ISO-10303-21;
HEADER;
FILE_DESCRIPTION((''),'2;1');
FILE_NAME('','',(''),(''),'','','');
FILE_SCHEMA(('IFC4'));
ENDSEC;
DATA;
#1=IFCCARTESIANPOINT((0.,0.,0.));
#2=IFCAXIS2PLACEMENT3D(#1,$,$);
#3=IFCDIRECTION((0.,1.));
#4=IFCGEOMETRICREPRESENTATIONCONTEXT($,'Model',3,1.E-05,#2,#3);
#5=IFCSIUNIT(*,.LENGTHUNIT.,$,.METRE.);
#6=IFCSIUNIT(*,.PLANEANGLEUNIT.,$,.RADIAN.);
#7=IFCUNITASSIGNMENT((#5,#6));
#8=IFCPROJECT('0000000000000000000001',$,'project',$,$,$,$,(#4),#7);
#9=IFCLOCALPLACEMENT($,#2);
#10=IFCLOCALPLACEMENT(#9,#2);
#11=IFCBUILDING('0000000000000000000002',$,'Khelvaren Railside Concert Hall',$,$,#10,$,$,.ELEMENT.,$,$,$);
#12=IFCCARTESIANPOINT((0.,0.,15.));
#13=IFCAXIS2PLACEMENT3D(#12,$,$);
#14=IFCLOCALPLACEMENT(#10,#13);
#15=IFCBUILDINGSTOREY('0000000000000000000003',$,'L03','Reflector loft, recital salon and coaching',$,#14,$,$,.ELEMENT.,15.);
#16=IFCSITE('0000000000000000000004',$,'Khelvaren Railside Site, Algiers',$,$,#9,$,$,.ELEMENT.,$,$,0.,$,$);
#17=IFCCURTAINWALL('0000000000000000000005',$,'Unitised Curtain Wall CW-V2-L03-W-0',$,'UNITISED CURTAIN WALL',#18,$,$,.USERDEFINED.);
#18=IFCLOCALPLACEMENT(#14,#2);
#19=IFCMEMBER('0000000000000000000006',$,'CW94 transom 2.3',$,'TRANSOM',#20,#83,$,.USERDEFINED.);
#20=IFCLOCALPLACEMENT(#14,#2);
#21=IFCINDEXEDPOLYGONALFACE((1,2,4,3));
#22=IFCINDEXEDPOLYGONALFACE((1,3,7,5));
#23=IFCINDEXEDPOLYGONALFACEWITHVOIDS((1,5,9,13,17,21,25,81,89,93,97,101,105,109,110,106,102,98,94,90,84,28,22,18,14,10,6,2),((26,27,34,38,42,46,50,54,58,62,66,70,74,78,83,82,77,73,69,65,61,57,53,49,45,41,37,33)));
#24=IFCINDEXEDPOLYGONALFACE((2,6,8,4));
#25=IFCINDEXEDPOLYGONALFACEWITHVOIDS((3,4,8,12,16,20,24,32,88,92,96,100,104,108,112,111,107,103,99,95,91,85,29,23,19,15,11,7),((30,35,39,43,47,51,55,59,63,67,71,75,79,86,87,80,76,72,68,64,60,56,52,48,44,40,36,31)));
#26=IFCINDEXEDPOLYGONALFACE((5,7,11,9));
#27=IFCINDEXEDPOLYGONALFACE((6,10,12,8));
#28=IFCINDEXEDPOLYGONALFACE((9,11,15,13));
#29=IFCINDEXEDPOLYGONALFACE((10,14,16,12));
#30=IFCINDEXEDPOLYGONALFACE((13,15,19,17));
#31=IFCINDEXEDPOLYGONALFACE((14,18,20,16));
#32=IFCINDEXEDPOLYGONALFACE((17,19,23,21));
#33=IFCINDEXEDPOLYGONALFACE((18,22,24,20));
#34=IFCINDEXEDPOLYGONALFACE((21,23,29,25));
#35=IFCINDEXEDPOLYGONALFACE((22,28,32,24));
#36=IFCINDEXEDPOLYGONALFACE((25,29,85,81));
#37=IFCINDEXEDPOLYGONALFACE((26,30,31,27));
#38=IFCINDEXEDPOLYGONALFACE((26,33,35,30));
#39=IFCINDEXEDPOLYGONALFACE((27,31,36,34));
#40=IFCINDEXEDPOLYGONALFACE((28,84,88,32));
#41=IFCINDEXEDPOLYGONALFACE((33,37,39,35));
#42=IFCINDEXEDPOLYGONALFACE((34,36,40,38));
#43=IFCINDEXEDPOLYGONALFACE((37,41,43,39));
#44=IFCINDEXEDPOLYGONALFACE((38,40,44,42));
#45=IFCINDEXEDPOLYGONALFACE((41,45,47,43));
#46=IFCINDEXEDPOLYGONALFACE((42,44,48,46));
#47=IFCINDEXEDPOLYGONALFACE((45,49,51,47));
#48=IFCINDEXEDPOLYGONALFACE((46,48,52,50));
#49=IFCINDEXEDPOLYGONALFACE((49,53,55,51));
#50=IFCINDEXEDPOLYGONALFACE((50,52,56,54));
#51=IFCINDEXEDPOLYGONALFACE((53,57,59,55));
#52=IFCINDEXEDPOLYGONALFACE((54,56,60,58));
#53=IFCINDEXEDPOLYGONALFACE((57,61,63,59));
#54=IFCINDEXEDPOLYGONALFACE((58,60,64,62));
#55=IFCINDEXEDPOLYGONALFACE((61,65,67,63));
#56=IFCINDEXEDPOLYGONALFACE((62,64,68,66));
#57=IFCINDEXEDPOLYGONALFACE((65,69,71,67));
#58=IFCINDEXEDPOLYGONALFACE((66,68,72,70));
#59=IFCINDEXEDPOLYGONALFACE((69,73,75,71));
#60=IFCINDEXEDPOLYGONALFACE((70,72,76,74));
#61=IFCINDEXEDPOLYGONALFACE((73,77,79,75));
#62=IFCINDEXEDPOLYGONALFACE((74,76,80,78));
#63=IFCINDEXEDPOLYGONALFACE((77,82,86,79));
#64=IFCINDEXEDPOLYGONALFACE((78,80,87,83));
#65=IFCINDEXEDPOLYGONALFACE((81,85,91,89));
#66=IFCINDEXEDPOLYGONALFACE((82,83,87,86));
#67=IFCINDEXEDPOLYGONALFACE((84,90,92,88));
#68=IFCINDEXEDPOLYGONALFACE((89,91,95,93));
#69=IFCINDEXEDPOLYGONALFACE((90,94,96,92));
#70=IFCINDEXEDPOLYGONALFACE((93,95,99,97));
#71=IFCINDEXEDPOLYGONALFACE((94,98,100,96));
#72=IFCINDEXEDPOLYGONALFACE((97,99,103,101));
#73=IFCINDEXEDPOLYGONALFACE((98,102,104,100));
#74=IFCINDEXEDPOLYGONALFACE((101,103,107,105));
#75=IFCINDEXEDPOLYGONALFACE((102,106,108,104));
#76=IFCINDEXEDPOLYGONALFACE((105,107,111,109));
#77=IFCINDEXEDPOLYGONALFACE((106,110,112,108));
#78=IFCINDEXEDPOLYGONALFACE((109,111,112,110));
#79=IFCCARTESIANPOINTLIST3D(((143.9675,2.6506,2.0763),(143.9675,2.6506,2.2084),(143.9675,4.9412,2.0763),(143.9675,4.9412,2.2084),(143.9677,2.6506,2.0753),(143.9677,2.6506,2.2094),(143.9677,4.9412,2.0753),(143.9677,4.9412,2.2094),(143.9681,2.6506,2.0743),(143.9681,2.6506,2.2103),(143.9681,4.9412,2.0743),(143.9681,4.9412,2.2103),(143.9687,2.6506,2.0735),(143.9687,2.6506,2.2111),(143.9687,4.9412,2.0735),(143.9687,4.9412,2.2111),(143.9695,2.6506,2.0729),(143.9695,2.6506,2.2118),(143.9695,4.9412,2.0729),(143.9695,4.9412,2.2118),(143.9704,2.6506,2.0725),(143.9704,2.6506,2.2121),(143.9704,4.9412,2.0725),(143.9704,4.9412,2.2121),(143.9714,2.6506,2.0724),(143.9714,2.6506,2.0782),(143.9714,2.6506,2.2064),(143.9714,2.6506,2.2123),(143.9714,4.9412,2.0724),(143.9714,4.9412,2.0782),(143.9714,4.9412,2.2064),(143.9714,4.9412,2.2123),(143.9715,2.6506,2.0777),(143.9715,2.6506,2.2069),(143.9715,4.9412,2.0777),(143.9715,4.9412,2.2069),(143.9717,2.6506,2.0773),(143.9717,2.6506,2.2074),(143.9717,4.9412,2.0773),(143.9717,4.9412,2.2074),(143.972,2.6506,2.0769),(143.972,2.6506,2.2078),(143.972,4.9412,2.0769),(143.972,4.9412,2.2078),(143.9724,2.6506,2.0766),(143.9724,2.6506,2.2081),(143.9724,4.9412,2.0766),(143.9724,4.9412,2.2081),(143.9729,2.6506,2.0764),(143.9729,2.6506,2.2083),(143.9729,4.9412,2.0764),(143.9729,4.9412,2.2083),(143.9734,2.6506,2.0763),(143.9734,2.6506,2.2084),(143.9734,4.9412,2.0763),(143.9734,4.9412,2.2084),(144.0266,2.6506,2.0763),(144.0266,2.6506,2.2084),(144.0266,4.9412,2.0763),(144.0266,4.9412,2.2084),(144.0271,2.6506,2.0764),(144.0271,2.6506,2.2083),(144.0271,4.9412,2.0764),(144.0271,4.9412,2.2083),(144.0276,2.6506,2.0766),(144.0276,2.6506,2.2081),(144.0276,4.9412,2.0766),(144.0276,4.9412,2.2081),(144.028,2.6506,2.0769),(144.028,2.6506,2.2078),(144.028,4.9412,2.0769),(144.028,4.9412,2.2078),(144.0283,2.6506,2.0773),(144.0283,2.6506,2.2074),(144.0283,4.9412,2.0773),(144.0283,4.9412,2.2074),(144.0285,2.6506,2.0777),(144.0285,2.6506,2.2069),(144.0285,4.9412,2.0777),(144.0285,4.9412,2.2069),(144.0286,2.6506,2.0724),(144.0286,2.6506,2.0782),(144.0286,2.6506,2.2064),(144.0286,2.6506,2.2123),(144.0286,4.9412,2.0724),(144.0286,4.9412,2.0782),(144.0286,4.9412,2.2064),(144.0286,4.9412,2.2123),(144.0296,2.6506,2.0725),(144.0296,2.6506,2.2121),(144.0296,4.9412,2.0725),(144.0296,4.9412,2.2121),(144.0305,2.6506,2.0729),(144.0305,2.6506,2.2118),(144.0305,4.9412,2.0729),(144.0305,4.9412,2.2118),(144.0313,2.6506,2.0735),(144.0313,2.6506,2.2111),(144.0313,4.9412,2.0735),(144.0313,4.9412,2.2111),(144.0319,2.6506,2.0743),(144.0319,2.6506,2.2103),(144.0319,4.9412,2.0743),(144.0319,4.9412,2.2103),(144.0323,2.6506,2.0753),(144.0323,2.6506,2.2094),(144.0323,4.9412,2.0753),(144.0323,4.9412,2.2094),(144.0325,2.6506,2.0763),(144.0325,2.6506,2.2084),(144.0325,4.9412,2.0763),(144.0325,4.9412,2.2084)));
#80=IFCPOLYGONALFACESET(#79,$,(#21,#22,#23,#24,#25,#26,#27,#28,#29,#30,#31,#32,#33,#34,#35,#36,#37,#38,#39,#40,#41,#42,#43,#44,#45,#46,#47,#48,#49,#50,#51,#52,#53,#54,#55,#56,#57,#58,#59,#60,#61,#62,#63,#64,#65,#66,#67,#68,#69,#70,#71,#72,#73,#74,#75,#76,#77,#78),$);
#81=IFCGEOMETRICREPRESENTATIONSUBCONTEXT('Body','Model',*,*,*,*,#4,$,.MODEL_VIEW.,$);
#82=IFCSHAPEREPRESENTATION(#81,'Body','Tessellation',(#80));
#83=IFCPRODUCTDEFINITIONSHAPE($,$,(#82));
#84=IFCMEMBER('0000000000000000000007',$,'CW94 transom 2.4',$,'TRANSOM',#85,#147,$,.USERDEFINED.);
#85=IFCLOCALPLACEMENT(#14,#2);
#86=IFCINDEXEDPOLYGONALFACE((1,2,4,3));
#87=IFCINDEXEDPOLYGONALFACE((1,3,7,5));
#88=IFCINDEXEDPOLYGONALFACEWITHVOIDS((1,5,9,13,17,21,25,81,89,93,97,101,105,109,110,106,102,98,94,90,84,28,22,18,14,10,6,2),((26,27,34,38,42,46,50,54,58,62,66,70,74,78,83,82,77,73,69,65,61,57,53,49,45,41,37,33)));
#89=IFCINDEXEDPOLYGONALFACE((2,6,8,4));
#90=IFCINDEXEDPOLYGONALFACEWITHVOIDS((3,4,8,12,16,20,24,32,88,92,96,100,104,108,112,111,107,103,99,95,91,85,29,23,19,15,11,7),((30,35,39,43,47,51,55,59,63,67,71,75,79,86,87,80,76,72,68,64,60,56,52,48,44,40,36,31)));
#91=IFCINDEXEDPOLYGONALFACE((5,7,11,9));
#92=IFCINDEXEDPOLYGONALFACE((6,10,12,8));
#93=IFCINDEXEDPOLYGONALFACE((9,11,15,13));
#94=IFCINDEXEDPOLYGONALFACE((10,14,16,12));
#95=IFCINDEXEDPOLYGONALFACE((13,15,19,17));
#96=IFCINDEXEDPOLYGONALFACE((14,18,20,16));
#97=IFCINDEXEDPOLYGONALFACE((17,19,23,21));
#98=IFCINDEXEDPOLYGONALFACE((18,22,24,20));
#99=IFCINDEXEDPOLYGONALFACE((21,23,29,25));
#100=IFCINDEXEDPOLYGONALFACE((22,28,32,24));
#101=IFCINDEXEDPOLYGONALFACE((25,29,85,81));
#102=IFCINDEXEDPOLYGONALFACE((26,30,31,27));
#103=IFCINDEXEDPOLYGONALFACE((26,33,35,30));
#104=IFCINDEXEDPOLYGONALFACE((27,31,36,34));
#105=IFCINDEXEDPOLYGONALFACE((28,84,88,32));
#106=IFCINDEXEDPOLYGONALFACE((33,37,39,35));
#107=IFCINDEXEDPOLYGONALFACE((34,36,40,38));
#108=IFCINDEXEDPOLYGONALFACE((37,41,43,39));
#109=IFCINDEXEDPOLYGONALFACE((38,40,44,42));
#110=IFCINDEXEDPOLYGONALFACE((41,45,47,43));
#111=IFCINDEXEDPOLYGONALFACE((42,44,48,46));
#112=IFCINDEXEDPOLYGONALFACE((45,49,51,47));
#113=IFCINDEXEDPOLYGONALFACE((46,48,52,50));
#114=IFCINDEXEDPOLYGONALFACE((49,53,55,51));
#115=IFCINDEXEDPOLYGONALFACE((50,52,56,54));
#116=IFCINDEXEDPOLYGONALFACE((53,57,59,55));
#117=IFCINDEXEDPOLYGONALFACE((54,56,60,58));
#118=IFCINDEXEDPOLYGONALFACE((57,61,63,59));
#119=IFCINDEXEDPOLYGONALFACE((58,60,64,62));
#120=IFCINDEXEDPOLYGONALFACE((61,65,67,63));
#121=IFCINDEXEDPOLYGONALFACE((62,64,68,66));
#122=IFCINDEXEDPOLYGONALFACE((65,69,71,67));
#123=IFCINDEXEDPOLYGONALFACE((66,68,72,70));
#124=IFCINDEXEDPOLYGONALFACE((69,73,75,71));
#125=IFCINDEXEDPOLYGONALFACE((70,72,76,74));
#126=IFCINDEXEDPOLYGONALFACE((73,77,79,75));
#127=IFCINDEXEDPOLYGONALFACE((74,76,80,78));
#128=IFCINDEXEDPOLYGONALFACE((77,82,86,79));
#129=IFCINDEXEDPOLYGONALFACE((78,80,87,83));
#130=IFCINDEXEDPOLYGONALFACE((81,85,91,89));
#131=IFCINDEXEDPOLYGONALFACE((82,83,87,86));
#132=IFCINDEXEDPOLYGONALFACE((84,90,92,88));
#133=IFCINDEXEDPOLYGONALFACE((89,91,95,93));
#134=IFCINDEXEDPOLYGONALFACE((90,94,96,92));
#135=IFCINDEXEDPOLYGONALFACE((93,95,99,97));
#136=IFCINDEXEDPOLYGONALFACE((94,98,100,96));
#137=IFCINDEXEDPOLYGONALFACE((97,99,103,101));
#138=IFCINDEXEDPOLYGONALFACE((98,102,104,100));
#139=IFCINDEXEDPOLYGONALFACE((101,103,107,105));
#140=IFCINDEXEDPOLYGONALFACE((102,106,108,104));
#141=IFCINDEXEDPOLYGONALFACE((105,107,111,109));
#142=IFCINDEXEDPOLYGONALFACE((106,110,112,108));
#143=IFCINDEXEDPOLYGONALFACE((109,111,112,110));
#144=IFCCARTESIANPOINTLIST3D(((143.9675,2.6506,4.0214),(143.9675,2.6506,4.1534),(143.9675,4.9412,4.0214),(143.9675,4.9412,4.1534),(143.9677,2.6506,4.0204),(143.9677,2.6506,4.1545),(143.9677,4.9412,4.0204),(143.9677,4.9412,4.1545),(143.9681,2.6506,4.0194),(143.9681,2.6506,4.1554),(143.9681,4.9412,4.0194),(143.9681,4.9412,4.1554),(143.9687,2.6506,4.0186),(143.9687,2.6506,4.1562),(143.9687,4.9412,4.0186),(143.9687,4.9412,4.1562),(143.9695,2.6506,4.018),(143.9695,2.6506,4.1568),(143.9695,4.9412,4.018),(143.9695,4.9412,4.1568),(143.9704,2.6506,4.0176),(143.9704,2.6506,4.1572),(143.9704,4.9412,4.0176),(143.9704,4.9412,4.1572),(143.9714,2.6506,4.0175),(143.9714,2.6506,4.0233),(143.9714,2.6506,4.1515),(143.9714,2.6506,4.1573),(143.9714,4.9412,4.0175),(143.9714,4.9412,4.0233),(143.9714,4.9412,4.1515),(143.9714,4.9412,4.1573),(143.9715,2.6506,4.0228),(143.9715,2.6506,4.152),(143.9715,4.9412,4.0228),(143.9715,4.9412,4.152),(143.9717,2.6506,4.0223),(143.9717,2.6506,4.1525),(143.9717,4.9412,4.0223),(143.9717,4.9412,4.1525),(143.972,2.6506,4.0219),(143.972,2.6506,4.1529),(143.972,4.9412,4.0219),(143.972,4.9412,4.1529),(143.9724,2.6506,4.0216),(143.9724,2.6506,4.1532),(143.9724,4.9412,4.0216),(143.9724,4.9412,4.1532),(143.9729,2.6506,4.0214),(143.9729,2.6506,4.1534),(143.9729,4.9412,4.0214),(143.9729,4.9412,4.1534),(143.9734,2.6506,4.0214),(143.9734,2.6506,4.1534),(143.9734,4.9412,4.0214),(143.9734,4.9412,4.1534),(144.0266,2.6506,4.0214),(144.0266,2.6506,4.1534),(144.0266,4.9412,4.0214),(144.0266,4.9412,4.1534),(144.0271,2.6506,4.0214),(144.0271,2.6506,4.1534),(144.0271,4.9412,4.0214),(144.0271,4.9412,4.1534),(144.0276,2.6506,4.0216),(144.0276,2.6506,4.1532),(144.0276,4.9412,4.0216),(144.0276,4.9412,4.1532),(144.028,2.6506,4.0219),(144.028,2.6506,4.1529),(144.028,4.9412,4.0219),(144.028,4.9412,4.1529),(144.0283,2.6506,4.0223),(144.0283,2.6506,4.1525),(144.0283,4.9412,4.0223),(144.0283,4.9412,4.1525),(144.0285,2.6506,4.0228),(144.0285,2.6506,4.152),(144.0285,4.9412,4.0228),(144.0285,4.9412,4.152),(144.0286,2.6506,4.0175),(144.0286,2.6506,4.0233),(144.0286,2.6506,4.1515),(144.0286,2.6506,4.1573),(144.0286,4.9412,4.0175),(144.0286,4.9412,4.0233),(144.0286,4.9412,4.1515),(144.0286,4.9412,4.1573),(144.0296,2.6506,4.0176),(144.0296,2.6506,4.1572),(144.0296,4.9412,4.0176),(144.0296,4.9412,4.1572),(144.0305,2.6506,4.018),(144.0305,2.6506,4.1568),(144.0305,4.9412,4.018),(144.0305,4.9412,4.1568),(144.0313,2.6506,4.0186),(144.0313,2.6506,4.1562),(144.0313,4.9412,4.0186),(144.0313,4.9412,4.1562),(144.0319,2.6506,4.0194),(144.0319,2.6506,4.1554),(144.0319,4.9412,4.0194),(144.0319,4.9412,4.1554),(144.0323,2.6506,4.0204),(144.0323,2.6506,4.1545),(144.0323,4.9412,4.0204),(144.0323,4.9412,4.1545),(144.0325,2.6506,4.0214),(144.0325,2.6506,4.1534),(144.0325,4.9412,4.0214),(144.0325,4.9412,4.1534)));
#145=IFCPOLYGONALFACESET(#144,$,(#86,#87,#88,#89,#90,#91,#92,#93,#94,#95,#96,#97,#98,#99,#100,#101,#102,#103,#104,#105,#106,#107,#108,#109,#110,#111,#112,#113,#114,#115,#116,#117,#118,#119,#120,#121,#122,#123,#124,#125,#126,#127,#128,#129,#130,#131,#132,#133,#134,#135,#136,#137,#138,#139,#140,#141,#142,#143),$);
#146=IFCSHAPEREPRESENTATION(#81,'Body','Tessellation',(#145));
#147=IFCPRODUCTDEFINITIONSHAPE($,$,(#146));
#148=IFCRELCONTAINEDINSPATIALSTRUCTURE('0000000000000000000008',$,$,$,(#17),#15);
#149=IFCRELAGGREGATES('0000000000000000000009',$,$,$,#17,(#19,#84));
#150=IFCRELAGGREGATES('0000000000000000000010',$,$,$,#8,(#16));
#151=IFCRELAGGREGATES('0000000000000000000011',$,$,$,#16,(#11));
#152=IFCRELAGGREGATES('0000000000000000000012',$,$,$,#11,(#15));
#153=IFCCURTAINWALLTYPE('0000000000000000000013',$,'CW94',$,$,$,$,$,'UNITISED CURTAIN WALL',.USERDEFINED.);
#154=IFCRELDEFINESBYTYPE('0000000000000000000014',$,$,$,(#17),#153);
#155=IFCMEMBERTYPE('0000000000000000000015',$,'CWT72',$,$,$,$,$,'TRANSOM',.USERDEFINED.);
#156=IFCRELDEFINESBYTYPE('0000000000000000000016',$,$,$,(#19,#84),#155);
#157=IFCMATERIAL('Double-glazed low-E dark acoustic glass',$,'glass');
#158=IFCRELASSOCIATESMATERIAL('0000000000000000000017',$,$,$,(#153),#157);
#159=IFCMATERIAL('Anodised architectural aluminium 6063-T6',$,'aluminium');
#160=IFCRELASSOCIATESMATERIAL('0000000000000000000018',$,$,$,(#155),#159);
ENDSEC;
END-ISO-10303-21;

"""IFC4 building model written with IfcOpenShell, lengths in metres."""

from ifc_helpers import new_model, si_unit, direction, frame, origin, origin_2d, place, context, subcontext, project, spatial, hollow_rectangle, extrude, material, material_profile, profile_set, type_object, element, aggregate, save


model = new_model("IFC4")

# Units and contexts
model_context = context("Model", 3, precision=1e-05, world=origin(), true_north=direction((0.0, 1.0)))
body_context = subcontext(model_context, "Body", "Model", "MODEL_VIEW")
ifc_project = project(units=[si_unit("LENGTHUNIT", "METRE"), si_unit("PLANEANGLEUNIT", "RADIAN")], contexts=[model_context])

# Site, building, storey
site_placement = place(None, origin())
site = spatial("IfcSite", under=ifc_project, at=site_placement, Name="Khelvaren Railside Site, Algiers", CompositionType="ELEMENT", RefElevation=0.0)
building_placement = place(site_placement, origin())
building = spatial("IfcBuilding", under=site, at=building_placement, Name="Khelvaren Railside Concert Hall", CompositionType="ELEMENT")
storey_placement = place(building_placement, frame((0.0, 0.0, 15.0)))
storey = spatial("IfcBuildingStorey", under=building, at=storey_placement, Name="L03", Description="Reflector loft, recital salon and coaching", CompositionType="ELEMENT", Elevation=15.0)

# Curtain wall, members
ifc_material_1 = material(Name="Double-glazed low-E dark acoustic glass", Category="glass")
curtain_wall_type = type_object("IfcCurtainWallType", Name="CW94", ElementType="UNITISED CURTAIN WALL", PredefinedType="USERDEFINED", material=ifc_material_1)
curtain_wall_placement = place(storey_placement, origin())
curtain_wall = element("IfcCurtainWall", 1, at=curtain_wall_placement, inside=storey, type_object=curtain_wall_type, Name="Unitised Curtain Wall CW-V2-L03-W-0", ObjectType="UNITISED CURTAIN WALL", PredefinedType="USERDEFINED")
ifc_material_2 = material(Name="Anodised architectural aluminium 6063-T6", Category="aluminium")
ifc_material_profile_1 = material_profile(ifc_material_2, hollow_rectangle(XDim=0.0649, YDim=0.1399, WallThickness=0.0039, InnerFilletRadius=0.002, OuterFilletRadius=0.0039, at=origin_2d()), Name="CWT 65x140x4")
ifc_profile_set_1 = profile_set([ifc_material_profile_1], Name="Anodised architectural aluminium 6063-T6")
member_type_1 = type_object("IfcMemberType", Name="CWT72", ElementType="TRANSOM", PredefinedType="USERDEFINED", material=ifc_profile_set_1)
member_1_placement = place(storey_placement, frame((144.0, 2.6506, 2.1423), z_axis=(0.0, 1.0, 0.0), x_axis=(-1.0, 0.0, 0.0)))
member_1 = element("IfcMember", 2, at=member_1_placement, type_object=member_type_1, Name="CW94 transom 2.3", ObjectType="TRANSOM", PredefinedType="USERDEFINED", context=body_context, shape_type="SweptSolid", body=[
    extrude(hollow_rectangle(XDim=0.0649, YDim=0.1399, WallThickness=0.0039, InnerFilletRadius=0.002, OuterFilletRadius=0.0039, at=origin_2d()), origin(), (0.0, 0.0, 1.0), 2.2905),
])
member_2_placement = place(storey_placement, frame((144.0, 2.6506, 4.0874), z_axis=(0.0, 1.0, 0.0), x_axis=(-1.0, 0.0, 0.0)))
member_2 = element("IfcMember", 3, at=member_2_placement, type_object=member_type_1, Name="CW94 transom 2.4", ObjectType="TRANSOM", PredefinedType="USERDEFINED", context=body_context, shape_type="SweptSolid", body=[
    extrude(hollow_rectangle(XDim=0.0649, YDim=0.1399, WallThickness=0.0039, InnerFilletRadius=0.002, OuterFilletRadius=0.0039, at=origin_2d()), origin(), (0.0, 0.0, 1.0), 2.2905),
])

aggregate(curtain_wall, [member_1, member_2])

save(model, "model.ifc")
